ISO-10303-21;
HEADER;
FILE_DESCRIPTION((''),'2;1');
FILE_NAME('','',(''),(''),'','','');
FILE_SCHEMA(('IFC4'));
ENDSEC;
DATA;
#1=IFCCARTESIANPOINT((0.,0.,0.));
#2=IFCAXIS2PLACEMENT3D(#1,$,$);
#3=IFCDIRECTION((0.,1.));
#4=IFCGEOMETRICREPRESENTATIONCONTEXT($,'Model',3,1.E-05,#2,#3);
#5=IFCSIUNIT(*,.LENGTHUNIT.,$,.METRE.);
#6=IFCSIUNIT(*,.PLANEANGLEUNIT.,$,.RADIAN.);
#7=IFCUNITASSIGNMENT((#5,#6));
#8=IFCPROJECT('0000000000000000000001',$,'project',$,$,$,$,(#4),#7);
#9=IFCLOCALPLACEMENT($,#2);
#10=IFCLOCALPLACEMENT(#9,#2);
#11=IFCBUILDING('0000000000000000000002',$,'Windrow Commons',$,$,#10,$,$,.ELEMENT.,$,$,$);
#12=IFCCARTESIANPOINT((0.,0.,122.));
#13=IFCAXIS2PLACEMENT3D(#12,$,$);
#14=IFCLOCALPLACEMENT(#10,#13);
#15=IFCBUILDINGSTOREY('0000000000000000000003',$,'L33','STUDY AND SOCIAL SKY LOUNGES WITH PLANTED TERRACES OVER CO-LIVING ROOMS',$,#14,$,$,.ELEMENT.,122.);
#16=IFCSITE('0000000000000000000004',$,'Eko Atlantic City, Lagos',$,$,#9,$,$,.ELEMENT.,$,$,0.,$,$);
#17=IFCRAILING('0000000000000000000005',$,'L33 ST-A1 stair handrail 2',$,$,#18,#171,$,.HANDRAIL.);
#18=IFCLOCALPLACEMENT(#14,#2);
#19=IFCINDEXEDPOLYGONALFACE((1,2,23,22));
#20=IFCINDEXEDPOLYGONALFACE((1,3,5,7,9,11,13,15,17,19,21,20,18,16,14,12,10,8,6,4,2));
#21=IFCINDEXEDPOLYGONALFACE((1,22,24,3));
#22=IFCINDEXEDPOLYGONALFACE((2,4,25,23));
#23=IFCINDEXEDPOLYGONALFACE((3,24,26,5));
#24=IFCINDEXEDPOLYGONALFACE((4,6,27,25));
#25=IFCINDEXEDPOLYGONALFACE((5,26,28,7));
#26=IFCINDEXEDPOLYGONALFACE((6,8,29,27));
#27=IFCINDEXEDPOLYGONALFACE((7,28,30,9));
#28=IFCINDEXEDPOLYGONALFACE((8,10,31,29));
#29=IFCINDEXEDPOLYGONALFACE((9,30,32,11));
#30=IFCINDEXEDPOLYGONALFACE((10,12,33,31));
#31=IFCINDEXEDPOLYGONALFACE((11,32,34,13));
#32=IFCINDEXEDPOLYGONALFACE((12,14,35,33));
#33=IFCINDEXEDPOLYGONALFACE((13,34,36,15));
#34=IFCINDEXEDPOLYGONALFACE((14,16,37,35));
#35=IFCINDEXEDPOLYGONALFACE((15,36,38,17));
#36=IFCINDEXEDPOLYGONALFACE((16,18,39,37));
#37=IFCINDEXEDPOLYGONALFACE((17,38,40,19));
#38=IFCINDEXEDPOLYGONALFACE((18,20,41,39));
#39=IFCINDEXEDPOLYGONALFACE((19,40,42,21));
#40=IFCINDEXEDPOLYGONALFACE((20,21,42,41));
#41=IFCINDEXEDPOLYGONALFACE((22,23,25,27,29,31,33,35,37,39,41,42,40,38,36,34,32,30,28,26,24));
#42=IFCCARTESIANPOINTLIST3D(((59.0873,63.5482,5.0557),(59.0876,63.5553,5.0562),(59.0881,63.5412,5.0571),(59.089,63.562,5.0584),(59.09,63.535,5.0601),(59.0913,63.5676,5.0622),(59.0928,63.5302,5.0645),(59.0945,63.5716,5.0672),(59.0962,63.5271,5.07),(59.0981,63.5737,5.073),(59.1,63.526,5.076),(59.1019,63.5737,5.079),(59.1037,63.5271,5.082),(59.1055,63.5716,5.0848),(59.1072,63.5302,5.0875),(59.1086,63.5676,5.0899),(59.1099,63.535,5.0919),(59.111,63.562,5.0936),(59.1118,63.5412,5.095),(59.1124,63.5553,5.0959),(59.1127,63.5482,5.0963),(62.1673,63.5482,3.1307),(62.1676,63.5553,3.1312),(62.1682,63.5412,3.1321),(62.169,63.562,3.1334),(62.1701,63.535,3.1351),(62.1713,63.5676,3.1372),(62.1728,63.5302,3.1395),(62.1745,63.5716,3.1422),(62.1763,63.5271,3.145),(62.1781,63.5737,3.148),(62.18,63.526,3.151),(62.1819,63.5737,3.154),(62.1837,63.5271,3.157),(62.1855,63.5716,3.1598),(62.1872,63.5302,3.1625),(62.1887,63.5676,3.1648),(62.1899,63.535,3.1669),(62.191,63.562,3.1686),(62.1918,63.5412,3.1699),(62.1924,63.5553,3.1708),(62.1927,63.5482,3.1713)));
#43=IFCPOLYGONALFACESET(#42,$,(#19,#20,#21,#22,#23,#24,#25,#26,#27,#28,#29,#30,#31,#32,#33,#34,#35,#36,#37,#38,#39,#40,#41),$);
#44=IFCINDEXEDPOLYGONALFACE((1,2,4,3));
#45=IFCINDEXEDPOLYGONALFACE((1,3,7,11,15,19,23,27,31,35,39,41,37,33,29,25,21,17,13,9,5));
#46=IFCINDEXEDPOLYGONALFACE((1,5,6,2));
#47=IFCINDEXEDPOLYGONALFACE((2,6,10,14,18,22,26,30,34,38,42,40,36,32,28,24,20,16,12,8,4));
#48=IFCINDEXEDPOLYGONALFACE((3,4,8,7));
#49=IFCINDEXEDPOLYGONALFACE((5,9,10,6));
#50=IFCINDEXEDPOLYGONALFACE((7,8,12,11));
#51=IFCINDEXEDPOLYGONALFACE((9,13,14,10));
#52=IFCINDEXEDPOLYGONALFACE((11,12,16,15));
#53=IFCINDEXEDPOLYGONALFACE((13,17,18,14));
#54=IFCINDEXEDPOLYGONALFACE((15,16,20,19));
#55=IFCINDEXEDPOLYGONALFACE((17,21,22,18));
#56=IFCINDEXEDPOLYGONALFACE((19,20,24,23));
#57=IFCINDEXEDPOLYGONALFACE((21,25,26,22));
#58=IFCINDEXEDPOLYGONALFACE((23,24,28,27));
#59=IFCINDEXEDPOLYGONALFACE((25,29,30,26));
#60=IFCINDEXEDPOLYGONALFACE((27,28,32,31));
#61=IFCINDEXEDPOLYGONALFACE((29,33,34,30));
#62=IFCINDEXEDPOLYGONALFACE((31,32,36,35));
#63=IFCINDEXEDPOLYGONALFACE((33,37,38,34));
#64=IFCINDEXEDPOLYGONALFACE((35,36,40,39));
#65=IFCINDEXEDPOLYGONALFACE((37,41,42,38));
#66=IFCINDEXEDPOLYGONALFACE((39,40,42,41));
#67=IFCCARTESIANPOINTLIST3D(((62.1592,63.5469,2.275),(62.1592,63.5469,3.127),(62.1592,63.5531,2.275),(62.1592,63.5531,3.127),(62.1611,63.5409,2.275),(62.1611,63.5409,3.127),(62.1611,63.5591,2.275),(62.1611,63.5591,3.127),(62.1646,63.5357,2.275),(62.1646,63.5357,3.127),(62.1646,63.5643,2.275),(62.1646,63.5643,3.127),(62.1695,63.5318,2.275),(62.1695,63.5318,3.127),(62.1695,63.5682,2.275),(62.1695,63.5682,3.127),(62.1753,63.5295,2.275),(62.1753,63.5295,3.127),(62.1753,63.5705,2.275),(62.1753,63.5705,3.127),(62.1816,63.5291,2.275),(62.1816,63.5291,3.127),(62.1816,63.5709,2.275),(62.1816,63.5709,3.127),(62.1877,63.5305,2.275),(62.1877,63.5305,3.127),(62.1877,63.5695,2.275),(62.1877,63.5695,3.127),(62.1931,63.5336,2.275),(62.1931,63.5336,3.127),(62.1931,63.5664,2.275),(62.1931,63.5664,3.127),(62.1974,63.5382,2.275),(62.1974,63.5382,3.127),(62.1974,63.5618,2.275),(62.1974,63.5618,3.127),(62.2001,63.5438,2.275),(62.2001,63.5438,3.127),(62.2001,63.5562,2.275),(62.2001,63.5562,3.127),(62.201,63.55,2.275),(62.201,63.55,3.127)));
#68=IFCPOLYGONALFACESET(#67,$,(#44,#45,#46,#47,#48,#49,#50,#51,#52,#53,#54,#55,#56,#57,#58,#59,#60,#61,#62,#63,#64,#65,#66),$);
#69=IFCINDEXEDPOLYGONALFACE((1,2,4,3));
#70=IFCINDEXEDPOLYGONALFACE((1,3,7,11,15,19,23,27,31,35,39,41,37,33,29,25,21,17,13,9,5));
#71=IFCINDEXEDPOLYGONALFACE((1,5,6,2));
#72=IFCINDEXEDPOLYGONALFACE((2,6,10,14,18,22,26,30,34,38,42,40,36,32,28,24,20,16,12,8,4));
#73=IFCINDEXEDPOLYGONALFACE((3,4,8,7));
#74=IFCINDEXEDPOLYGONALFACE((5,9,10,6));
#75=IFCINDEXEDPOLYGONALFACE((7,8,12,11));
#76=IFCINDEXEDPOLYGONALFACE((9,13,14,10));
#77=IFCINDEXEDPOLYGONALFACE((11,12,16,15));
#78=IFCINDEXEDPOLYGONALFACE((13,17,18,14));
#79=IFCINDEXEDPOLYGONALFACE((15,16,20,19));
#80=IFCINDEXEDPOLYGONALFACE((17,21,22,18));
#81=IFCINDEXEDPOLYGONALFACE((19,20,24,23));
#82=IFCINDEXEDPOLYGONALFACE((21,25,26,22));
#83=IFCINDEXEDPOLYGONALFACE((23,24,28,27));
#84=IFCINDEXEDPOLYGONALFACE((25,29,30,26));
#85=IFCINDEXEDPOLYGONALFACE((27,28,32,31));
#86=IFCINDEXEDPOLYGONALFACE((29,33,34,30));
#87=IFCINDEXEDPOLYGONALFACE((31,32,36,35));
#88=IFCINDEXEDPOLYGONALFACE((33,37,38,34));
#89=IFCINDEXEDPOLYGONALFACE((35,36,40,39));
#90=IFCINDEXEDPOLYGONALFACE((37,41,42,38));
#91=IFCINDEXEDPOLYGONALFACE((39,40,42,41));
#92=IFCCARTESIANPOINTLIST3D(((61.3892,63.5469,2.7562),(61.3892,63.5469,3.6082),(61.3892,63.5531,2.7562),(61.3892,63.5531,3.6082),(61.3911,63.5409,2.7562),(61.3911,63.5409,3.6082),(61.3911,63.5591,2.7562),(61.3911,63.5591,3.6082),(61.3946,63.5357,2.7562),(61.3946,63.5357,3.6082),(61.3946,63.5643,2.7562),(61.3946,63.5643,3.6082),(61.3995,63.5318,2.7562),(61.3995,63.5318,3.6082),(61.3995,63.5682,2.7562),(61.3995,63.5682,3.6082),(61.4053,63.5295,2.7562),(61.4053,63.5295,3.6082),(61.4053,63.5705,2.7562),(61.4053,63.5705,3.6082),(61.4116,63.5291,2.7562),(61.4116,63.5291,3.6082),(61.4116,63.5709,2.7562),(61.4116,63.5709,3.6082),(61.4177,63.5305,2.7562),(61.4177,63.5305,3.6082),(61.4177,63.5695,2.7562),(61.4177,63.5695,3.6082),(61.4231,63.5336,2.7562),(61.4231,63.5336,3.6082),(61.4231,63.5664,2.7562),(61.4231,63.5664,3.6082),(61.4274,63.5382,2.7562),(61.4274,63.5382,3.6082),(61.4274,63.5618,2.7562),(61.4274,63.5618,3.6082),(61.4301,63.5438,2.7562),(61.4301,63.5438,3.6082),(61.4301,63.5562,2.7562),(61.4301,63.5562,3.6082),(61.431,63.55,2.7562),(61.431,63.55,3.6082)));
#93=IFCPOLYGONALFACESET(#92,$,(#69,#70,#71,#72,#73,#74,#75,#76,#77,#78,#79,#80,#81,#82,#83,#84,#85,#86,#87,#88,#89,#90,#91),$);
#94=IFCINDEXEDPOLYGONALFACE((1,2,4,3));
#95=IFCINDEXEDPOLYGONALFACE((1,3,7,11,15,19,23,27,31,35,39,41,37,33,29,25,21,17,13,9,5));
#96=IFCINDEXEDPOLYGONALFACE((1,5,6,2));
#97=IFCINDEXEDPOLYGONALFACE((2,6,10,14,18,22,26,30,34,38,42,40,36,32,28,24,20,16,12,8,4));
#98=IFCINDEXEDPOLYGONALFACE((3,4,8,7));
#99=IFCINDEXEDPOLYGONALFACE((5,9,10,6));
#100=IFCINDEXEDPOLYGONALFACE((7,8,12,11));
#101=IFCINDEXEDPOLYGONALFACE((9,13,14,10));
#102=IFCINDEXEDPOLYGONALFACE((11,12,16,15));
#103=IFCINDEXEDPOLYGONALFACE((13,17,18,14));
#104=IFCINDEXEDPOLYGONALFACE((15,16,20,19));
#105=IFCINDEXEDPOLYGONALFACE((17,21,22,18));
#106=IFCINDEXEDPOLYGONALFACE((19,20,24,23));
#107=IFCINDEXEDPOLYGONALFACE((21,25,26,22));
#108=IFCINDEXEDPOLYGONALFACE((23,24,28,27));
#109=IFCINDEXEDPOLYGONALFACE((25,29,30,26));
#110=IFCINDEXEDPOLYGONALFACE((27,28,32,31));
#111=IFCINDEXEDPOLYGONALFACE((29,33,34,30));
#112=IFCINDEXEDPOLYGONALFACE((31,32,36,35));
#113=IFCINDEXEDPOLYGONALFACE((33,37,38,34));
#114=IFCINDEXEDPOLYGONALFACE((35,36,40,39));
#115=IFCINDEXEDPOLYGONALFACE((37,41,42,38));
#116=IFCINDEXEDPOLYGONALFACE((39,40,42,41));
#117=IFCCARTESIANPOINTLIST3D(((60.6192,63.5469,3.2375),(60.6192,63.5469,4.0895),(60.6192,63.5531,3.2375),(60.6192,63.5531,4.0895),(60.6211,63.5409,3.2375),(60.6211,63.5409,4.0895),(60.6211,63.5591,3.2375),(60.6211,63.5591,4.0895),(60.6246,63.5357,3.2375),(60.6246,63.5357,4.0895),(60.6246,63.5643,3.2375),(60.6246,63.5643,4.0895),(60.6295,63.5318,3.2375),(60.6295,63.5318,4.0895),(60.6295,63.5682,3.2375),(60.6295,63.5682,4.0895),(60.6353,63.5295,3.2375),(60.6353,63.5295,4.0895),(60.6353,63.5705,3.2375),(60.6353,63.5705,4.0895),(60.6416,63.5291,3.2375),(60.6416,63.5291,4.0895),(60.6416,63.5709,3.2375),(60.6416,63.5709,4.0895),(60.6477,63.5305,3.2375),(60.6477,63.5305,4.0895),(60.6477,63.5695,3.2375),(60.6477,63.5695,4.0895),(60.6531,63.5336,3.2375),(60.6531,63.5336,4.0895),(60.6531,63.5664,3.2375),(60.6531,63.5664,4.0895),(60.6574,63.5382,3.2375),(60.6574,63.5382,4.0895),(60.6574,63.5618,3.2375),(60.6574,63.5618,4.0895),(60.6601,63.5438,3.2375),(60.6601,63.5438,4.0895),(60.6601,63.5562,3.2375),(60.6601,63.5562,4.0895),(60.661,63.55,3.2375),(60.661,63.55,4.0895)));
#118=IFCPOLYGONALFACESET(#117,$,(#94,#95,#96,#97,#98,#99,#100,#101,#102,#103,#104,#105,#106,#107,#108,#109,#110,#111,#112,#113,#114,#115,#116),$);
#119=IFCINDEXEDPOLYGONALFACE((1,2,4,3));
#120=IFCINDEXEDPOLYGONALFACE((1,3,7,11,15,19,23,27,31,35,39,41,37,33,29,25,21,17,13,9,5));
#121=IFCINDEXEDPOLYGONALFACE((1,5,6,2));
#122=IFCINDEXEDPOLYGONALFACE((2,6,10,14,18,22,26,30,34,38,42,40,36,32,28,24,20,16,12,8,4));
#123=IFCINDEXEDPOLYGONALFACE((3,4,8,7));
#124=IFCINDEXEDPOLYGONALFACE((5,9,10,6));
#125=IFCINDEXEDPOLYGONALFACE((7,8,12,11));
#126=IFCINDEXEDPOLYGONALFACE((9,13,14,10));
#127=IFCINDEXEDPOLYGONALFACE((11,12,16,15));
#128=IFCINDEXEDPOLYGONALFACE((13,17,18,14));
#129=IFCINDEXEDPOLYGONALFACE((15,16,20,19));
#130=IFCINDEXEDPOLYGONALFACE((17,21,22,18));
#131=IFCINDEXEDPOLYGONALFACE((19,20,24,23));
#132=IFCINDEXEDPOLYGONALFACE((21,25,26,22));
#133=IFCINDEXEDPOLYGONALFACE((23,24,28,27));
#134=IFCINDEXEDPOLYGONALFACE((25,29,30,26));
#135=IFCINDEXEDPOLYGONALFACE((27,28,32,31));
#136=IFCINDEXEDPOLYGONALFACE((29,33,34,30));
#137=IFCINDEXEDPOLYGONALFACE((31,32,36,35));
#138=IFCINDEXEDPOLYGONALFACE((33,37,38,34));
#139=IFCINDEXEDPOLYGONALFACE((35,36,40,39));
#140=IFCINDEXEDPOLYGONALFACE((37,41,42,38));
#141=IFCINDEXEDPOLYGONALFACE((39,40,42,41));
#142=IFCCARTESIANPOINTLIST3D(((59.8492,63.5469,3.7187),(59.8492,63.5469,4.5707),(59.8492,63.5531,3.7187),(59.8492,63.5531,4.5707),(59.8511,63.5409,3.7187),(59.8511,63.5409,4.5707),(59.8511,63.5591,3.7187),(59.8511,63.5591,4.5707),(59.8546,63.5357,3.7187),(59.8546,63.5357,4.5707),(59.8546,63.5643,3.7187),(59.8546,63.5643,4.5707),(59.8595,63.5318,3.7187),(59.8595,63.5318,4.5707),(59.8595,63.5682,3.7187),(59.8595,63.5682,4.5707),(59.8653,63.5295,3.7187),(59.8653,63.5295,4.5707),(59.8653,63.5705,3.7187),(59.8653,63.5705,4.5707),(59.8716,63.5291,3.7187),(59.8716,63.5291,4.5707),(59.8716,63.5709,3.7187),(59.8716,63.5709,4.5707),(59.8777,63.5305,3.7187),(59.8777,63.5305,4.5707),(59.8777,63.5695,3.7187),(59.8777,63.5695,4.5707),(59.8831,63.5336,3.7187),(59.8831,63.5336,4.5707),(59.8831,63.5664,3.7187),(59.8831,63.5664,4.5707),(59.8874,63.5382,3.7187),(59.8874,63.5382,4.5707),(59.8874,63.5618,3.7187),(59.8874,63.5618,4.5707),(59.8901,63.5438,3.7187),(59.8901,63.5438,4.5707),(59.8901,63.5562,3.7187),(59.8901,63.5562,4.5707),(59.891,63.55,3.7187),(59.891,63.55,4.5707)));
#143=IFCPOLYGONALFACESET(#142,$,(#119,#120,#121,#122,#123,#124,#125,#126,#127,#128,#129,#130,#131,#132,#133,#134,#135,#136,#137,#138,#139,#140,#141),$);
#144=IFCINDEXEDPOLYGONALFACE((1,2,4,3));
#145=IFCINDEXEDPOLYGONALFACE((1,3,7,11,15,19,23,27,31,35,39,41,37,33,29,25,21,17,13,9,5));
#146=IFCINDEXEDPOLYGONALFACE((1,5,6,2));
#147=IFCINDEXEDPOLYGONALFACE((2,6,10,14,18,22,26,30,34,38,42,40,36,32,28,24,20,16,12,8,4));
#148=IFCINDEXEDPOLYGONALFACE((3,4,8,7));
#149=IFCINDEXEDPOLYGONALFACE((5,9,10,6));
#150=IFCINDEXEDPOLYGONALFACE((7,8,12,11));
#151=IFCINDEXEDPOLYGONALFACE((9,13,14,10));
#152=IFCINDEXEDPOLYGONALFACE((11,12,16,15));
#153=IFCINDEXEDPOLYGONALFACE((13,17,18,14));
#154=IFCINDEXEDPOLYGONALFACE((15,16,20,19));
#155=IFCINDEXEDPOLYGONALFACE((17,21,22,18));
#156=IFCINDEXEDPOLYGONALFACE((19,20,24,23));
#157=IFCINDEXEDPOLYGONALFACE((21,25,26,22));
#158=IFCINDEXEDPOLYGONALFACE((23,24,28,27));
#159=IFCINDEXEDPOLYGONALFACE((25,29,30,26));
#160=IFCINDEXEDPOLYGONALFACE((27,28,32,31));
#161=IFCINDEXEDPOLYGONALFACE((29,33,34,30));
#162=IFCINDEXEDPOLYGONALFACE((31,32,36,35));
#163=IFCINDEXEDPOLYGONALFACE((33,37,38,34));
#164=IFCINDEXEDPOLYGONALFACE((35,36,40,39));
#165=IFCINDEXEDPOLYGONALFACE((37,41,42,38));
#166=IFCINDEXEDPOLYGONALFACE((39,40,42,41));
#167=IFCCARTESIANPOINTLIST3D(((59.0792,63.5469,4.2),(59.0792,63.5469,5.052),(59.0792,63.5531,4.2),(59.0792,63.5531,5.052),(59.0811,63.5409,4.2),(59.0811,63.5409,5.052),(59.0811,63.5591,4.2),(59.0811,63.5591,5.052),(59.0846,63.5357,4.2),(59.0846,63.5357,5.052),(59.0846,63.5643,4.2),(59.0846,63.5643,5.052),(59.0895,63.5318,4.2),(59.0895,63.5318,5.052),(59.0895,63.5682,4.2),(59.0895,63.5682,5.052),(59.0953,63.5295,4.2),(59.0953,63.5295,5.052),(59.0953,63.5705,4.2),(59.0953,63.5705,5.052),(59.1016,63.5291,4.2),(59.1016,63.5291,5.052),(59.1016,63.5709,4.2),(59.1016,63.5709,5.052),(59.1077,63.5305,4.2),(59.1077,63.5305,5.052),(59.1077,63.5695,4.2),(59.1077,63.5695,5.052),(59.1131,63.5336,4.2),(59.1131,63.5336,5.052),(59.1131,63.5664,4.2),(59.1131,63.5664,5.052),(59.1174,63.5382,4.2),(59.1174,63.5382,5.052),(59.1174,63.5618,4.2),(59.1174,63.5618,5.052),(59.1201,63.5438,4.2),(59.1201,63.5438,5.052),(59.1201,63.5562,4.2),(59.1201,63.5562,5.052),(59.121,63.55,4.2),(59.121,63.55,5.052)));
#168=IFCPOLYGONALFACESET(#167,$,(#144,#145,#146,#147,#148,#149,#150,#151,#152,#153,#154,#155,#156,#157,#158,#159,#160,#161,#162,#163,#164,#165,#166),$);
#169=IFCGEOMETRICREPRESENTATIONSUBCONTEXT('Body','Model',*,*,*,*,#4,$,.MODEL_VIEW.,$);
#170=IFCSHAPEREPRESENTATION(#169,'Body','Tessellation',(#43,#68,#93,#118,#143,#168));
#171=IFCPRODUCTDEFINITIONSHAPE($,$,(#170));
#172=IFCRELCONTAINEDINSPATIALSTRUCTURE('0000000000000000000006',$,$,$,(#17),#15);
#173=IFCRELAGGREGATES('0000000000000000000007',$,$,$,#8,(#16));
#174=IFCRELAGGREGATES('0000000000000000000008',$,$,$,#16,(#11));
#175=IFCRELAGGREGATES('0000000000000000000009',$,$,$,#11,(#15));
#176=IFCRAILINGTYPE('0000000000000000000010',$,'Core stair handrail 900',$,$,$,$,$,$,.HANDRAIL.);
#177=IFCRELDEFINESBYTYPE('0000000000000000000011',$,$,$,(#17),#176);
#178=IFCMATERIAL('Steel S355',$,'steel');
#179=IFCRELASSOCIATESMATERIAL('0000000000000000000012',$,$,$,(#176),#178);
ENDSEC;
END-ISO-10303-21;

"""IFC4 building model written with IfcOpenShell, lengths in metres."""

from ifc_helpers import new_model, si_unit, direction, frame, origin, origin_2d, place, context, subcontext, project, spatial, circle, extrude, material, type_object, element, save


model = new_model("IFC4")

# Units and contexts
model_context = context("Model", 3, precision=1e-05, world=origin(), true_north=direction((0.0, 1.0)))
body_context = subcontext(model_context, "Body", "Model", "MODEL_VIEW")
ifc_project = project(units=[si_unit("LENGTHUNIT", "METRE"), si_unit("PLANEANGLEUNIT", "RADIAN")], contexts=[model_context])

# Site, building, storey
site_placement = place(None, origin())
site = spatial("IfcSite", under=ifc_project, at=site_placement, Name="Eko Atlantic City, Lagos", CompositionType="ELEMENT", RefElevation=0.0)
building_placement = place(site_placement, origin())
building = spatial("IfcBuilding", under=site, at=building_placement, Name="Windrow Commons", CompositionType="ELEMENT")
storey_placement = place(building_placement, frame((0.0, 0.0, 122.0)))
storey = spatial("IfcBuildingStorey", under=building, at=storey_placement, Name="L33", Description="STUDY AND SOCIAL SKY LOUNGES WITH PLANTED TERRACES OVER CO-LIVING ROOMS", CompositionType="ELEMENT", Elevation=122.0)

# Railing
ifc_material_1 = material(Name="Steel S355", Category="steel")
railing_type_1 = type_object("IfcRailingType", Name="Core stair handrail 900", PredefinedType="HANDRAIL", material=ifc_material_1)
railing_1_placement = place(storey_placement, frame((62.18, 63.55, 2.275)))
element("IfcRailing", 1, at=railing_1_placement, inside=storey, type_object=railing_type_1, Name="L33 ST-A1 stair handrail 2", PredefinedType="HANDRAIL", context=body_context, shape_type="SweptSolid", body=[
    extrude(circle(Radius=0.024, at=origin_2d()), frame((0.0, 0.0, 0.876), z_axis=(-0.847998, 0.0, 0.529999), x_axis=(0.0, -1.0, 0.0)), (0.0, 0.0, 1.0), 3.6321),
    extrude(circle(Radius=0.021, at=origin_2d()), origin(), (0.0, 0.0, 1.0), 0.852),
    extrude(circle(Radius=0.021, at=origin_2d()), frame((-0.77, 0.0, 0.4812)), (0.0, 0.0, 1.0), 0.852),
    extrude(circle(Radius=0.021, at=origin_2d()), frame((-1.54, 0.0, 0.9625)), (0.0, 0.0, 1.0), 0.852),
    extrude(circle(Radius=0.021, at=origin_2d()), frame((-2.31, 0.0, 1.4437)), (0.0, 0.0, 1.0), 0.852),
    extrude(circle(Radius=0.021, at=origin_2d()), frame((-3.08, 0.0, 1.925)), (0.0, 0.0, 1.0), 0.852),
])

save(model, "model.ifc")
